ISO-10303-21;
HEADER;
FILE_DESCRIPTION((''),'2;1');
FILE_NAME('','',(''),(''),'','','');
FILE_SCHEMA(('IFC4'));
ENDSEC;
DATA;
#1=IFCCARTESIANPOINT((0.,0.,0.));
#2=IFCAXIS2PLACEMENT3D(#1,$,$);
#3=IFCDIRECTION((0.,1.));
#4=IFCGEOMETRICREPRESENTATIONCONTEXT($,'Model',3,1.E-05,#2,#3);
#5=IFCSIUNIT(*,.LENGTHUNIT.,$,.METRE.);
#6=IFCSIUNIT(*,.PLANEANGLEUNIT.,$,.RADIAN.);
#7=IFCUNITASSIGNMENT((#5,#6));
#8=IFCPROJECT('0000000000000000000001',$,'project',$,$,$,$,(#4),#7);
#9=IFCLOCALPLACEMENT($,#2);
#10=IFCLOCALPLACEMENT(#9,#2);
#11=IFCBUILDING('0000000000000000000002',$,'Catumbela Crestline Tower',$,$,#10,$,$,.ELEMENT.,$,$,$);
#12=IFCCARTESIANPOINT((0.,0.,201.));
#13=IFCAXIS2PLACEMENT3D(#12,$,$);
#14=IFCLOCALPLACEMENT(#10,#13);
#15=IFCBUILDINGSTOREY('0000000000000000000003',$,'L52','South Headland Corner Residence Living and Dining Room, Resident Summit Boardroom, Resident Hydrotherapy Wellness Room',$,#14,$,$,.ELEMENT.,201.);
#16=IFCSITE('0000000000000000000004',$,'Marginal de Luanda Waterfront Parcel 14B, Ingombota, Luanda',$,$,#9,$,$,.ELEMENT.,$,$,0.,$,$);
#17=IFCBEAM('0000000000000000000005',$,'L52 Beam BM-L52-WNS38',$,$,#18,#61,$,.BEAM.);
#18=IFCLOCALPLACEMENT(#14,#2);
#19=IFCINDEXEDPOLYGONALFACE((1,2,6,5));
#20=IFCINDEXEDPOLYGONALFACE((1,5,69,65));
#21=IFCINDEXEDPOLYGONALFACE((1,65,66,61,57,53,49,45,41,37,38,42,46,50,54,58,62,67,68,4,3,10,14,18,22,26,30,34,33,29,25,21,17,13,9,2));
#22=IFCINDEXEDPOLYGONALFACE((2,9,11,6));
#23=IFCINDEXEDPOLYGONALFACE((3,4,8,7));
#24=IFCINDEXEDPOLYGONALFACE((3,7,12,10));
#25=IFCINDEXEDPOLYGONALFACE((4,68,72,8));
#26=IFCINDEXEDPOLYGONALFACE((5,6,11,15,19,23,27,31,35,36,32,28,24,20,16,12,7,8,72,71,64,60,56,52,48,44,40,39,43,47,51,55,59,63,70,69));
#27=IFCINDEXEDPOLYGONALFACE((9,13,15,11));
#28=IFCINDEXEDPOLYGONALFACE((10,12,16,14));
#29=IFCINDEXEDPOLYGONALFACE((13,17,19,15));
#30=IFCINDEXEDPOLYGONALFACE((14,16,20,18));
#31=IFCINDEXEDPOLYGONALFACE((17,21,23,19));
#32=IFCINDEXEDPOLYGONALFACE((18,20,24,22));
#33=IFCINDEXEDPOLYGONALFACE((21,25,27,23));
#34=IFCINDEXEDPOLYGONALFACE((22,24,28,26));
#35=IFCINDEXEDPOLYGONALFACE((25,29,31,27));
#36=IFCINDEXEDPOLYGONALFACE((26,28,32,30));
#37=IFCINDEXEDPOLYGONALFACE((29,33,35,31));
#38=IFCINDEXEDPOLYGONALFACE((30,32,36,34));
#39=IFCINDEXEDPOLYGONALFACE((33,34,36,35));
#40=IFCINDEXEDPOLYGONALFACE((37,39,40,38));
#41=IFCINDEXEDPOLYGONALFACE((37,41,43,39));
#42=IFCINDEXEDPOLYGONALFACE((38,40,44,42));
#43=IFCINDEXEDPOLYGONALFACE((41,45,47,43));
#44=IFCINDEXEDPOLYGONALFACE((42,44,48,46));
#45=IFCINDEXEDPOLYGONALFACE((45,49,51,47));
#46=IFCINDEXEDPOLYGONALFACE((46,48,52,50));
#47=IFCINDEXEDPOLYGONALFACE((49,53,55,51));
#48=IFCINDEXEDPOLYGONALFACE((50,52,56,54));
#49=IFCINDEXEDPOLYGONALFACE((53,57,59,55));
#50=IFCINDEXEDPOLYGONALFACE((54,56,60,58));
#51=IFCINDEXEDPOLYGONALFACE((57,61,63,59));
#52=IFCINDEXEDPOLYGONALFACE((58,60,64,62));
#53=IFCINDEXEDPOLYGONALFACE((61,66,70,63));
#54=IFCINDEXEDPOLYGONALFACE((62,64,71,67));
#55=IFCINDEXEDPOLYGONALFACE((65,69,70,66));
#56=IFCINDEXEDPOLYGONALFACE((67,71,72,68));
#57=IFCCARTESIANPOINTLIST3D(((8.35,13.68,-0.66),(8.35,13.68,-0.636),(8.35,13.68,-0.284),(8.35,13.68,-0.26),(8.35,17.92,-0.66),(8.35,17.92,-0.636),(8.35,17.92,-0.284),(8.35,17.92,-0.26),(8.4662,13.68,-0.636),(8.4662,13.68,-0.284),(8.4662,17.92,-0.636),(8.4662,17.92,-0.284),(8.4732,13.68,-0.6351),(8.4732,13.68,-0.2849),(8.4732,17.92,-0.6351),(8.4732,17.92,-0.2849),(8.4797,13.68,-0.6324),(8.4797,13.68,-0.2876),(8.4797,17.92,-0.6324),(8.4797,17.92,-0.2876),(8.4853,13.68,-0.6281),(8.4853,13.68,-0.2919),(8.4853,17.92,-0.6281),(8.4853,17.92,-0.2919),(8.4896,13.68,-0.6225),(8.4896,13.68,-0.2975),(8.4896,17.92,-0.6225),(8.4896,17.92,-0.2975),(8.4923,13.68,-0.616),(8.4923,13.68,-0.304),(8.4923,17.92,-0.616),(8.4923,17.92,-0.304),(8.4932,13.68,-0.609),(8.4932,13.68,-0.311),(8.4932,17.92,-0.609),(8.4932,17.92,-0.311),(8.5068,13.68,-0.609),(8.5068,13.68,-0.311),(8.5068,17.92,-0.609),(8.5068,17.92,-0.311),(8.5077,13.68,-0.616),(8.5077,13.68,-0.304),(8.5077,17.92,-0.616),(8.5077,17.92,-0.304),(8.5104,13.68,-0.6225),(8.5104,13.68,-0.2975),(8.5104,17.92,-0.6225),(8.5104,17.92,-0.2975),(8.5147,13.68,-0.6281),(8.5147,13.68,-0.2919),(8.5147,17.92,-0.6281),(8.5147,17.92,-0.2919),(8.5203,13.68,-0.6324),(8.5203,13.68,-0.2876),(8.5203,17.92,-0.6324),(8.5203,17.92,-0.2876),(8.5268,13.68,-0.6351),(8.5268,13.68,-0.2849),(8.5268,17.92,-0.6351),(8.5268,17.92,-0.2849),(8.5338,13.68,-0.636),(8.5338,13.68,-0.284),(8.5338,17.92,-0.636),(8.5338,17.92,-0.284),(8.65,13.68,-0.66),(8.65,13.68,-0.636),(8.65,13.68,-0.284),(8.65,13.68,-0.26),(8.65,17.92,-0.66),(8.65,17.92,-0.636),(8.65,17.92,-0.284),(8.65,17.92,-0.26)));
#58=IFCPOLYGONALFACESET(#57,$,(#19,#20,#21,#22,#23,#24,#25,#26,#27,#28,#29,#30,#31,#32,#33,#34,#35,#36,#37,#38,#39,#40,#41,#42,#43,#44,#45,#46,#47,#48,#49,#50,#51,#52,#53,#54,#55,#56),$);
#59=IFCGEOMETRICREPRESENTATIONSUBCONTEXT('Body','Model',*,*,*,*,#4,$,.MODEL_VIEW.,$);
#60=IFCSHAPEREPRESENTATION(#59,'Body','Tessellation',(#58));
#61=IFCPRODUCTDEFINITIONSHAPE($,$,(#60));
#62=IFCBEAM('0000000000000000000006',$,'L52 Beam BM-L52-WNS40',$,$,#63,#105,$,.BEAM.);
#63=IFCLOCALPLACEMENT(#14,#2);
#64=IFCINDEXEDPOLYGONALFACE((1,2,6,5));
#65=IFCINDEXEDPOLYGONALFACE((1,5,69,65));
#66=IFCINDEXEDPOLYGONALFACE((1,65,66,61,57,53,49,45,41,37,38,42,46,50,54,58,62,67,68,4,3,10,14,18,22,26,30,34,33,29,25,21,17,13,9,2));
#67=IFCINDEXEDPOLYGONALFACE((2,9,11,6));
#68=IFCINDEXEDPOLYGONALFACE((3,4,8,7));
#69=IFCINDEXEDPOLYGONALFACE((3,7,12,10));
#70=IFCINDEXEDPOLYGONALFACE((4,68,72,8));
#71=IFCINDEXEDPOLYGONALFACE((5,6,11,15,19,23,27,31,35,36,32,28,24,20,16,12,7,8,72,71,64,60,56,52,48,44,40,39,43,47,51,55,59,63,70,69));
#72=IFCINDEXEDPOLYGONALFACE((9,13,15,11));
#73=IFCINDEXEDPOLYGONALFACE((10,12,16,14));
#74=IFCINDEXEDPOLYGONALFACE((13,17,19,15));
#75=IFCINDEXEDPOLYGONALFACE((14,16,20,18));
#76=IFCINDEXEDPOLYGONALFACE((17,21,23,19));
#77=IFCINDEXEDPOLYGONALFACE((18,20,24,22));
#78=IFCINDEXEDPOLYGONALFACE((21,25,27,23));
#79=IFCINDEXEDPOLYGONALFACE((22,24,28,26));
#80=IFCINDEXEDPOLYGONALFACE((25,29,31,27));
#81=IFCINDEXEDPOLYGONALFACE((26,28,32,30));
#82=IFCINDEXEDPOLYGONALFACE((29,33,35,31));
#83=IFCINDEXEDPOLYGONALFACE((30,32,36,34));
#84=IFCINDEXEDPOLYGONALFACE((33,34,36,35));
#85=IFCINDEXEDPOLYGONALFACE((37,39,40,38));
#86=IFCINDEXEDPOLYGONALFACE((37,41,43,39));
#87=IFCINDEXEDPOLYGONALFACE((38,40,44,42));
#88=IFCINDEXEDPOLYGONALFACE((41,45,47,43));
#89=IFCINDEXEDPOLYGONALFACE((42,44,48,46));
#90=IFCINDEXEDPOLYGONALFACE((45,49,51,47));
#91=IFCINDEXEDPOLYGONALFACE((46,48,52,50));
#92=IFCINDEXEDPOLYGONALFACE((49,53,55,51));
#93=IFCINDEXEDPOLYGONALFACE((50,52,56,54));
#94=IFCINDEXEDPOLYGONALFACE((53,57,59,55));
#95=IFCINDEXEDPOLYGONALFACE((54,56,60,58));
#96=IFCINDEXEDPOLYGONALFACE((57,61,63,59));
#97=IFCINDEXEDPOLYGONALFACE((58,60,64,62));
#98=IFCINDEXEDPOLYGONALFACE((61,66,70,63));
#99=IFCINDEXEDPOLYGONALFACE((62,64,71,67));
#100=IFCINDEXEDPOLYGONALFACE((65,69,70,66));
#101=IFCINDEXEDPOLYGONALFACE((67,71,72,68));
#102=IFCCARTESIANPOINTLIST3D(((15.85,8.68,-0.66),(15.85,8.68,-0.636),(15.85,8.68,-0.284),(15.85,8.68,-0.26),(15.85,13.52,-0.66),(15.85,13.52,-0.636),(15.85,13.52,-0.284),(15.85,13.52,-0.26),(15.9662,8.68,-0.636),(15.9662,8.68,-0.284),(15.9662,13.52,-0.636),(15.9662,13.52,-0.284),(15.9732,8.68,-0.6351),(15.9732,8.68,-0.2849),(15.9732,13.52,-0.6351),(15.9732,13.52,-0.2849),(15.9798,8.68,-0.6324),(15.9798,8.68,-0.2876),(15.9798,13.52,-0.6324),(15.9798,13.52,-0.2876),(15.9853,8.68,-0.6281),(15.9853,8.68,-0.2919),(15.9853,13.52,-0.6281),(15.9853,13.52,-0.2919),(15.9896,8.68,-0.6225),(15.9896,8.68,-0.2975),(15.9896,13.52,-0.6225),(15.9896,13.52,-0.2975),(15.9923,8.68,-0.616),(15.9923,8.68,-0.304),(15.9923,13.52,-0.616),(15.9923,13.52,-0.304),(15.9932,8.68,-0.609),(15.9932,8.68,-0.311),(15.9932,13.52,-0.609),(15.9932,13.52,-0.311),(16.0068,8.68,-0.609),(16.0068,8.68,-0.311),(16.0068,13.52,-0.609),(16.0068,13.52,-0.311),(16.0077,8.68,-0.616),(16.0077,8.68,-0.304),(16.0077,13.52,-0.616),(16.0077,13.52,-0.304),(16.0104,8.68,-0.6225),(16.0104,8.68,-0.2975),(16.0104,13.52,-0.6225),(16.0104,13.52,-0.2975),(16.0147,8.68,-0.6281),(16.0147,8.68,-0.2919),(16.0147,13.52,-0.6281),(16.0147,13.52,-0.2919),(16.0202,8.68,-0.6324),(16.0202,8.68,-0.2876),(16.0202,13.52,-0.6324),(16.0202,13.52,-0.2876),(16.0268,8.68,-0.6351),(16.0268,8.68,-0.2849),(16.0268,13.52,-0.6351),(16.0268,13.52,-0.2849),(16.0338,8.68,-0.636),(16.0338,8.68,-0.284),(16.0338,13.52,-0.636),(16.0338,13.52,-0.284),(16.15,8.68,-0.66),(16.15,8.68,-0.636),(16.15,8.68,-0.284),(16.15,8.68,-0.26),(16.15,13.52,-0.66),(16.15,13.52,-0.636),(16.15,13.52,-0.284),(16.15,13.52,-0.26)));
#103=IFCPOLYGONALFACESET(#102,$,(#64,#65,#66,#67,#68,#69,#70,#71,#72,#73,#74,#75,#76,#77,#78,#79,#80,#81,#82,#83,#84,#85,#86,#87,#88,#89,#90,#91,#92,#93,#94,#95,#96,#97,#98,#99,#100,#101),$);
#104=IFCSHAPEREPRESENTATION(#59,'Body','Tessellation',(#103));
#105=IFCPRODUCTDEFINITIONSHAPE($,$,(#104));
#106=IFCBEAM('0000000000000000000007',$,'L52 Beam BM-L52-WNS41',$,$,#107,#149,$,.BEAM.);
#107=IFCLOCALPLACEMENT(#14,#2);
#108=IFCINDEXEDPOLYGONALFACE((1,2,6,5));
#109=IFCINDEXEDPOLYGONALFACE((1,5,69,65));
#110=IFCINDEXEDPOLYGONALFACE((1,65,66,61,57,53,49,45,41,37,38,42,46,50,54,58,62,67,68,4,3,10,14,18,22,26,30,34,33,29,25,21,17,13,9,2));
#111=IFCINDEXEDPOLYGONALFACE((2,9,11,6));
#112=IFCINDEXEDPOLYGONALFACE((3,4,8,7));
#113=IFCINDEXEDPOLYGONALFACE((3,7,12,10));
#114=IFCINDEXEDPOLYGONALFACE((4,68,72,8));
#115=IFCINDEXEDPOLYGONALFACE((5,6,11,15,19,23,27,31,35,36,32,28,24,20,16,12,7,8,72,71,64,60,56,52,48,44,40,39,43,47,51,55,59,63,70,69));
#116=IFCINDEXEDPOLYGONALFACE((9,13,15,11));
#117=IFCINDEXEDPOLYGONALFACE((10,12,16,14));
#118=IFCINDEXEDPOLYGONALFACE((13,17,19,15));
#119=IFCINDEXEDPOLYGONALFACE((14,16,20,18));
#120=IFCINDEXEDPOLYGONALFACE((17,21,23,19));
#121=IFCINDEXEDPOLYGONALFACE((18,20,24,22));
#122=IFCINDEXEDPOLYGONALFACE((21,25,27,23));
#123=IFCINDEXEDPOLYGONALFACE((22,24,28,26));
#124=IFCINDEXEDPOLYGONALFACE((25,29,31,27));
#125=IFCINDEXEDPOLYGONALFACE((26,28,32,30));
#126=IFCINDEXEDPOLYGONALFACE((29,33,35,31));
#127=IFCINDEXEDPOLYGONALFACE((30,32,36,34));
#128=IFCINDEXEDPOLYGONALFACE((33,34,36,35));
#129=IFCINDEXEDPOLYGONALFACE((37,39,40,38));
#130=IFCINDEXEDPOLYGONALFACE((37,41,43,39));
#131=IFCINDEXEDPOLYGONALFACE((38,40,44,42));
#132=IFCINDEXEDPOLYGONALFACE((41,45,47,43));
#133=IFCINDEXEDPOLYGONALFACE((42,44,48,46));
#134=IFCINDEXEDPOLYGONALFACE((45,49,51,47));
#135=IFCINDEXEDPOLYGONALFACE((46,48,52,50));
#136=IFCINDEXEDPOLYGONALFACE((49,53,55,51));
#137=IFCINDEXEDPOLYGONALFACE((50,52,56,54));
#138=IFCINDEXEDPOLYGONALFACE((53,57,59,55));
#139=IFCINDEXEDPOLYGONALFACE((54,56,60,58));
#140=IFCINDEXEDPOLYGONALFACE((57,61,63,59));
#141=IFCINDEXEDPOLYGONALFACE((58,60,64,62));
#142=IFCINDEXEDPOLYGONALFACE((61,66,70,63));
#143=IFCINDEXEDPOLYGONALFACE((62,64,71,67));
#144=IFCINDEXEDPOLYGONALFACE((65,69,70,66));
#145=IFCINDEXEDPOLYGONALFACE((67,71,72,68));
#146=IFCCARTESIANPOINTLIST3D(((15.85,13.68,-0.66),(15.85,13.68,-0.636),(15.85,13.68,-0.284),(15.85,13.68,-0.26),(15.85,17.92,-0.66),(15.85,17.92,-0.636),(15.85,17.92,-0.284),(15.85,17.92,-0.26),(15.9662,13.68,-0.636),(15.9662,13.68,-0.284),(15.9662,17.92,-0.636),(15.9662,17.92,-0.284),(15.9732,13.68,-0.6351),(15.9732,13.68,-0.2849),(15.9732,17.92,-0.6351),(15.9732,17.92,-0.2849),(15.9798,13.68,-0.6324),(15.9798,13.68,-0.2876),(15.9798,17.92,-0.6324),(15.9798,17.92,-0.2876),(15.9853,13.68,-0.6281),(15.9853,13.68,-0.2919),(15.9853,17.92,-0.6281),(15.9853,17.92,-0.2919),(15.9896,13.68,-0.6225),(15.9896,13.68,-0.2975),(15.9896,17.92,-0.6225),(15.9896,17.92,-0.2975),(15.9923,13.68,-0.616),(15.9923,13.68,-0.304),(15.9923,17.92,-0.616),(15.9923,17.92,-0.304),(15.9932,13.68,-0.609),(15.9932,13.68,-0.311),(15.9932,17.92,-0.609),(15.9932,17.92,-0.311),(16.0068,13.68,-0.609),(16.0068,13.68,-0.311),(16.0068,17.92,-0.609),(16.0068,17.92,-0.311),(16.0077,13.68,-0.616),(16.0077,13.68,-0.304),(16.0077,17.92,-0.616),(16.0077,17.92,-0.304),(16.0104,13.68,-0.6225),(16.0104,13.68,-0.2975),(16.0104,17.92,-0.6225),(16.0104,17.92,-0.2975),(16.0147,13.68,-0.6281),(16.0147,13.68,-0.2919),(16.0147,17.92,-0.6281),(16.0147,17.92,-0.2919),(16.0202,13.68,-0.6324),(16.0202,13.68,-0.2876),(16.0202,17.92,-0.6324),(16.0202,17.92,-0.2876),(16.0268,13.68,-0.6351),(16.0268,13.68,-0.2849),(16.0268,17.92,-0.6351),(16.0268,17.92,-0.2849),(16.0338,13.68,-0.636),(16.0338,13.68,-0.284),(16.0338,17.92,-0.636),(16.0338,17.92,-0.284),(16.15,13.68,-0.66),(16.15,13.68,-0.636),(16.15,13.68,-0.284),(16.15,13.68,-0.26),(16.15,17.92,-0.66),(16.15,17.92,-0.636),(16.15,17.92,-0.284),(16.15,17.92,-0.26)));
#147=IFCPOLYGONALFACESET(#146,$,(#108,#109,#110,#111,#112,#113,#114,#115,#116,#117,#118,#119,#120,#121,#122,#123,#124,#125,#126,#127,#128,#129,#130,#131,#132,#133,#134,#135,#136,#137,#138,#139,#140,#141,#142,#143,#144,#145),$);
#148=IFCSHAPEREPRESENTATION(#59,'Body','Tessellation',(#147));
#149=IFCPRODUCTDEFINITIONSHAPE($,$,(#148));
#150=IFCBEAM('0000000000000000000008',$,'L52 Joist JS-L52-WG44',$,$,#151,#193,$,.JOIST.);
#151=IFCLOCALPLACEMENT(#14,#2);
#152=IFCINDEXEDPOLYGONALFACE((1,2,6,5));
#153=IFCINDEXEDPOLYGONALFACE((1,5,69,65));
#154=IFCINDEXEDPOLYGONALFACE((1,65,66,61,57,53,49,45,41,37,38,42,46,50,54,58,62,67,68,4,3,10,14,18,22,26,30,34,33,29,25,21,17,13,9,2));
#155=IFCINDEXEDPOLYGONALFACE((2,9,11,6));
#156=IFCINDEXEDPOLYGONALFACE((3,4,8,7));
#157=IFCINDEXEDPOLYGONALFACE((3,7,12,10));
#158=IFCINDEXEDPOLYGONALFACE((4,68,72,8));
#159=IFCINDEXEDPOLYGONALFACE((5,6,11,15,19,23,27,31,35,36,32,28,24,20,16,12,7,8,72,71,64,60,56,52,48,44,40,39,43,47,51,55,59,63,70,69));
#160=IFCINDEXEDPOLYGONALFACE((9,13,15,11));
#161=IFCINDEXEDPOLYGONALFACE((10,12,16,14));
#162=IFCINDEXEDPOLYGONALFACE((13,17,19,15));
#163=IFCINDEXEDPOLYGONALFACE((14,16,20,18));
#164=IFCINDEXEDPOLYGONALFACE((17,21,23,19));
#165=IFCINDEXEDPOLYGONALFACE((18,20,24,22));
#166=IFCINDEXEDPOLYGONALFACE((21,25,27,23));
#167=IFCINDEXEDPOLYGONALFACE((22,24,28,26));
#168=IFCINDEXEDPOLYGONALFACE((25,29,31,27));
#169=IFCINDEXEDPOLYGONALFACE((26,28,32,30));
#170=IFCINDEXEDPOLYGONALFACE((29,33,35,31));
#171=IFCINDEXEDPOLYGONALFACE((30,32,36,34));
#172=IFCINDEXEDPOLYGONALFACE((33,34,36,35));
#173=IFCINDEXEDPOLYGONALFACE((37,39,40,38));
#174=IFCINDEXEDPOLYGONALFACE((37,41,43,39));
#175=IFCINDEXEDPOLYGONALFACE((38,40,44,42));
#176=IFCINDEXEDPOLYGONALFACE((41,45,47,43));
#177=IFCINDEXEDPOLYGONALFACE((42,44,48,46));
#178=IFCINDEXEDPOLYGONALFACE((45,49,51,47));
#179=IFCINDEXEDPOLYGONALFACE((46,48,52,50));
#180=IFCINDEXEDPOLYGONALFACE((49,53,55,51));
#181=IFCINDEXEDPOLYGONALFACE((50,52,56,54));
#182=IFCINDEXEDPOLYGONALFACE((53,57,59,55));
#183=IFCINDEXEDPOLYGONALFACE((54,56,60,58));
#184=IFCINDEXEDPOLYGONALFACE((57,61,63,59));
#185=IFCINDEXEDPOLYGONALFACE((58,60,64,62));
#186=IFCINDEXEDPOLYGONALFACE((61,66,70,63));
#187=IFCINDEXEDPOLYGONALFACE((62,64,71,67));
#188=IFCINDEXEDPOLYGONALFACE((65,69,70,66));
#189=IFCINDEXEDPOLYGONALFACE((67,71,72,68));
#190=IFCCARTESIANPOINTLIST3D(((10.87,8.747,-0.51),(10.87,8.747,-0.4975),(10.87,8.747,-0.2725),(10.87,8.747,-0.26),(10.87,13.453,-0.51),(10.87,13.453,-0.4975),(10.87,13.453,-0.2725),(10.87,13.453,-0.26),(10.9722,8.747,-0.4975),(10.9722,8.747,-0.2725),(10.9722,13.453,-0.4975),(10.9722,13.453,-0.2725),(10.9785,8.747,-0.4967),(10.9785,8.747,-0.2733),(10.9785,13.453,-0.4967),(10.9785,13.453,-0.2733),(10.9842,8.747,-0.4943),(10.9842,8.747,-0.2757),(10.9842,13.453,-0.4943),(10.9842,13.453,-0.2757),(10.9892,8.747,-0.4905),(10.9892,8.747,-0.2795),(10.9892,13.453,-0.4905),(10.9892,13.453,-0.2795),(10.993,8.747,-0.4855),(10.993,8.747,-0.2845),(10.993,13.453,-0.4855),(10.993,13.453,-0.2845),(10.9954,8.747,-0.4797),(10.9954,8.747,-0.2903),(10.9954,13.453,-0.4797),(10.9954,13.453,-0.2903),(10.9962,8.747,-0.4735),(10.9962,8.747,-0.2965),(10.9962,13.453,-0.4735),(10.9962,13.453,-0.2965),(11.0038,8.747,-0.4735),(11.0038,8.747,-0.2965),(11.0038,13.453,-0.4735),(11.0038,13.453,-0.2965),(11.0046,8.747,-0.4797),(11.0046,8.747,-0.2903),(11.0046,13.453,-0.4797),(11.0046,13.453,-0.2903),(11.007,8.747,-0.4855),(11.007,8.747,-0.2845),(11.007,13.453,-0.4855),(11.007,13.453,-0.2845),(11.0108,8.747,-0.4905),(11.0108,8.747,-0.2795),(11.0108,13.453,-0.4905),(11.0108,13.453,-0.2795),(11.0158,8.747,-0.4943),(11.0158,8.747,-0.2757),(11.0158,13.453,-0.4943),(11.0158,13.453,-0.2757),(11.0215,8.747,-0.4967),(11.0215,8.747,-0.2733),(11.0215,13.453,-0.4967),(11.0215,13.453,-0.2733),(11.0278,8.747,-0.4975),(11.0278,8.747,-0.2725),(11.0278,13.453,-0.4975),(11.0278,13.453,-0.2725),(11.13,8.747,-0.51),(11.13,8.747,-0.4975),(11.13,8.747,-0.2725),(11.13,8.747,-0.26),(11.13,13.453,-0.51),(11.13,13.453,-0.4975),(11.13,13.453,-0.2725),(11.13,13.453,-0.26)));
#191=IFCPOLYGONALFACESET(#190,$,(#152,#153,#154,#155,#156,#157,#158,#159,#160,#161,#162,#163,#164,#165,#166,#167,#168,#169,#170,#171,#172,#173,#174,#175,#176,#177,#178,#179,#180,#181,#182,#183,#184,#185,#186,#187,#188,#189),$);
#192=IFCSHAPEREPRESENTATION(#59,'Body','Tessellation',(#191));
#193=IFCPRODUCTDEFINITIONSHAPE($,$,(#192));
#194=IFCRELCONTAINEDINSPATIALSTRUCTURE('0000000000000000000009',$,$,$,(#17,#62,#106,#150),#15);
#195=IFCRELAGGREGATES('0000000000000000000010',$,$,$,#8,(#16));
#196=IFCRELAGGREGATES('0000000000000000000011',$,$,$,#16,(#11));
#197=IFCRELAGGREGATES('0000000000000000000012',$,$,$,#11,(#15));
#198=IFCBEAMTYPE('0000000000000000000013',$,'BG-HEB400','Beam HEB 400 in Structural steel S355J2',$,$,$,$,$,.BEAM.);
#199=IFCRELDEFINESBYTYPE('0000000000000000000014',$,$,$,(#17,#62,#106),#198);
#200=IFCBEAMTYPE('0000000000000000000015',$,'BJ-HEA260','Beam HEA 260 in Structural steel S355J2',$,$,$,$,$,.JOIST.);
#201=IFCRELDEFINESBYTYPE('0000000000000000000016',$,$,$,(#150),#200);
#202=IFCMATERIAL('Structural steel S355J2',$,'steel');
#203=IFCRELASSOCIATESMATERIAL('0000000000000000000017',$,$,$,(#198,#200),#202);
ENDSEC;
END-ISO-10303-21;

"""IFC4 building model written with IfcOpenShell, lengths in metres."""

from ifc_helpers import new_model, si_unit, direction, frame, origin, origin_2d, place, context, subcontext, project, spatial, i_section, extrude, material, material_profile, profile_set, type_object, element, save


model = new_model("IFC4")

# Units and contexts
model_context = context("Model", 3, precision=1e-05, world=origin(), true_north=direction((0.0, 1.0)))
body_context = subcontext(model_context, "Body", "Model", "MODEL_VIEW")
ifc_project = project(units=[si_unit("LENGTHUNIT", "METRE"), si_unit("PLANEANGLEUNIT", "RADIAN")], contexts=[model_context])

# Site, building, storey
site_placement = place(None, origin())
site = spatial("IfcSite", under=ifc_project, at=site_placement, Name="Marginal de Luanda Waterfront Parcel 14B, Ingombota, Luanda", CompositionType="ELEMENT", RefElevation=0.0)
building_placement = place(site_placement, origin())
building = spatial("IfcBuilding", under=site, at=building_placement, Name="Catumbela Crestline Tower", CompositionType="ELEMENT")
storey_placement = place(building_placement, frame((0.0, 0.0, 201.0)))
storey = spatial("IfcBuildingStorey", under=building, at=storey_placement, Name="L52", Description="South Headland Corner Residence Living and Dining Room, Resident Summit Boardroom, Resident Hydrotherapy Wellness Room", CompositionType="ELEMENT", Elevation=201.0)

# Shared definitions
ifc_material_1 = material(Name="Structural steel S355J2", Category="steel")

# Beams
ifc_material_profile_1 = material_profile(ifc_material_1, i_section(OverallWidth=0.3, OverallDepth=0.4, WebThickness=0.0135, FlangeThickness=0.024, FilletRadius=0.027, at=origin_2d()), Name="HEB 400")
ifc_profile_set_1 = profile_set([ifc_material_profile_1], Name="Structural steel S355J2")
beam_type_1 = type_object("IfcBeamType", Name="BG-HEB400", Description="Beam HEB 400 in Structural steel S355J2", PredefinedType="BEAM", material=ifc_profile_set_1)
beam_1_placement = place(storey_placement, frame((8.5, 13.68, -0.46), z_axis=(0.0, 1.0, 0.0), x_axis=(-1.0, 0.0, 0.0)))
element("IfcBeam", 1, at=beam_1_placement, inside=storey, type_object=beam_type_1, Name="L52 Beam BM-L52-WNS38", PredefinedType="BEAM", context=body_context, shape_type="SweptSolid", body=[
    extrude(i_section(OverallWidth=0.3, OverallDepth=0.4, WebThickness=0.0135, FlangeThickness=0.024, FilletRadius=0.027, at=origin_2d()), origin(), (0.0, 0.0, 1.0), 4.24),
])
beam_2_placement = place(storey_placement, frame((16.0, 8.68, -0.46), z_axis=(0.0, 1.0, 0.0), x_axis=(-1.0, 0.0, 0.0)))
element("IfcBeam", 2, at=beam_2_placement, inside=storey, type_object=beam_type_1, Name="L52 Beam BM-L52-WNS40", PredefinedType="BEAM", context=body_context, shape_type="SweptSolid", body=[
    extrude(i_section(OverallWidth=0.3, OverallDepth=0.4, WebThickness=0.0135, FlangeThickness=0.024, FilletRadius=0.027, at=origin_2d()), origin(), (0.0, 0.0, 1.0), 4.84),
])
beam_3_placement = place(storey_placement, frame((16.0, 13.68, -0.46), z_axis=(0.0, 1.0, 0.0), x_axis=(-1.0, 0.0, 0.0)))
element("IfcBeam", 3, at=beam_3_placement, inside=storey, type_object=beam_type_1, Name="L52 Beam BM-L52-WNS41", PredefinedType="BEAM", context=body_context, shape_type="SweptSolid", body=[
    extrude(i_section(OverallWidth=0.3, OverallDepth=0.4, WebThickness=0.0135, FlangeThickness=0.024, FilletRadius=0.027, at=origin_2d()), origin(), (0.0, 0.0, 1.0), 4.24),
])
ifc_material_profile_2 = material_profile(ifc_material_1, i_section(OverallWidth=0.26, OverallDepth=0.25, WebThickness=0.0075, FlangeThickness=0.0125, FilletRadius=0.024, at=origin_2d()), Name="HEA 260")
ifc_profile_set_2 = profile_set([ifc_material_profile_2], Name="Structural steel S355J2")
beam_type_2 = type_object("IfcBeamType", Name="BJ-HEA260", Description="Beam HEA 260 in Structural steel S355J2", PredefinedType="JOIST", material=ifc_profile_set_2)
for number, where, z_axis, x_axis, name in (
    (4, (11.0, 8.747, -0.385), (0.0, 1.0, 0.0), (-1.0, 0.0, 0.0), "L52 Joist JS-L52-WG44"),
):
    element("IfcBeam", number, at=place(storey_placement, frame(where, z_axis=z_axis, x_axis=x_axis)), inside=storey, type_object=beam_type_2, Name=name, PredefinedType="JOIST", context=body_context, shape_type="SweptSolid", body=[
        extrude(i_section(OverallWidth=0.26, OverallDepth=0.25, WebThickness=0.0075, FlangeThickness=0.0125, FilletRadius=0.024, at=origin_2d()), origin(), (0.0, 0.0, 1.0), 4.706),
    ])

save(model, "model.ifc")
